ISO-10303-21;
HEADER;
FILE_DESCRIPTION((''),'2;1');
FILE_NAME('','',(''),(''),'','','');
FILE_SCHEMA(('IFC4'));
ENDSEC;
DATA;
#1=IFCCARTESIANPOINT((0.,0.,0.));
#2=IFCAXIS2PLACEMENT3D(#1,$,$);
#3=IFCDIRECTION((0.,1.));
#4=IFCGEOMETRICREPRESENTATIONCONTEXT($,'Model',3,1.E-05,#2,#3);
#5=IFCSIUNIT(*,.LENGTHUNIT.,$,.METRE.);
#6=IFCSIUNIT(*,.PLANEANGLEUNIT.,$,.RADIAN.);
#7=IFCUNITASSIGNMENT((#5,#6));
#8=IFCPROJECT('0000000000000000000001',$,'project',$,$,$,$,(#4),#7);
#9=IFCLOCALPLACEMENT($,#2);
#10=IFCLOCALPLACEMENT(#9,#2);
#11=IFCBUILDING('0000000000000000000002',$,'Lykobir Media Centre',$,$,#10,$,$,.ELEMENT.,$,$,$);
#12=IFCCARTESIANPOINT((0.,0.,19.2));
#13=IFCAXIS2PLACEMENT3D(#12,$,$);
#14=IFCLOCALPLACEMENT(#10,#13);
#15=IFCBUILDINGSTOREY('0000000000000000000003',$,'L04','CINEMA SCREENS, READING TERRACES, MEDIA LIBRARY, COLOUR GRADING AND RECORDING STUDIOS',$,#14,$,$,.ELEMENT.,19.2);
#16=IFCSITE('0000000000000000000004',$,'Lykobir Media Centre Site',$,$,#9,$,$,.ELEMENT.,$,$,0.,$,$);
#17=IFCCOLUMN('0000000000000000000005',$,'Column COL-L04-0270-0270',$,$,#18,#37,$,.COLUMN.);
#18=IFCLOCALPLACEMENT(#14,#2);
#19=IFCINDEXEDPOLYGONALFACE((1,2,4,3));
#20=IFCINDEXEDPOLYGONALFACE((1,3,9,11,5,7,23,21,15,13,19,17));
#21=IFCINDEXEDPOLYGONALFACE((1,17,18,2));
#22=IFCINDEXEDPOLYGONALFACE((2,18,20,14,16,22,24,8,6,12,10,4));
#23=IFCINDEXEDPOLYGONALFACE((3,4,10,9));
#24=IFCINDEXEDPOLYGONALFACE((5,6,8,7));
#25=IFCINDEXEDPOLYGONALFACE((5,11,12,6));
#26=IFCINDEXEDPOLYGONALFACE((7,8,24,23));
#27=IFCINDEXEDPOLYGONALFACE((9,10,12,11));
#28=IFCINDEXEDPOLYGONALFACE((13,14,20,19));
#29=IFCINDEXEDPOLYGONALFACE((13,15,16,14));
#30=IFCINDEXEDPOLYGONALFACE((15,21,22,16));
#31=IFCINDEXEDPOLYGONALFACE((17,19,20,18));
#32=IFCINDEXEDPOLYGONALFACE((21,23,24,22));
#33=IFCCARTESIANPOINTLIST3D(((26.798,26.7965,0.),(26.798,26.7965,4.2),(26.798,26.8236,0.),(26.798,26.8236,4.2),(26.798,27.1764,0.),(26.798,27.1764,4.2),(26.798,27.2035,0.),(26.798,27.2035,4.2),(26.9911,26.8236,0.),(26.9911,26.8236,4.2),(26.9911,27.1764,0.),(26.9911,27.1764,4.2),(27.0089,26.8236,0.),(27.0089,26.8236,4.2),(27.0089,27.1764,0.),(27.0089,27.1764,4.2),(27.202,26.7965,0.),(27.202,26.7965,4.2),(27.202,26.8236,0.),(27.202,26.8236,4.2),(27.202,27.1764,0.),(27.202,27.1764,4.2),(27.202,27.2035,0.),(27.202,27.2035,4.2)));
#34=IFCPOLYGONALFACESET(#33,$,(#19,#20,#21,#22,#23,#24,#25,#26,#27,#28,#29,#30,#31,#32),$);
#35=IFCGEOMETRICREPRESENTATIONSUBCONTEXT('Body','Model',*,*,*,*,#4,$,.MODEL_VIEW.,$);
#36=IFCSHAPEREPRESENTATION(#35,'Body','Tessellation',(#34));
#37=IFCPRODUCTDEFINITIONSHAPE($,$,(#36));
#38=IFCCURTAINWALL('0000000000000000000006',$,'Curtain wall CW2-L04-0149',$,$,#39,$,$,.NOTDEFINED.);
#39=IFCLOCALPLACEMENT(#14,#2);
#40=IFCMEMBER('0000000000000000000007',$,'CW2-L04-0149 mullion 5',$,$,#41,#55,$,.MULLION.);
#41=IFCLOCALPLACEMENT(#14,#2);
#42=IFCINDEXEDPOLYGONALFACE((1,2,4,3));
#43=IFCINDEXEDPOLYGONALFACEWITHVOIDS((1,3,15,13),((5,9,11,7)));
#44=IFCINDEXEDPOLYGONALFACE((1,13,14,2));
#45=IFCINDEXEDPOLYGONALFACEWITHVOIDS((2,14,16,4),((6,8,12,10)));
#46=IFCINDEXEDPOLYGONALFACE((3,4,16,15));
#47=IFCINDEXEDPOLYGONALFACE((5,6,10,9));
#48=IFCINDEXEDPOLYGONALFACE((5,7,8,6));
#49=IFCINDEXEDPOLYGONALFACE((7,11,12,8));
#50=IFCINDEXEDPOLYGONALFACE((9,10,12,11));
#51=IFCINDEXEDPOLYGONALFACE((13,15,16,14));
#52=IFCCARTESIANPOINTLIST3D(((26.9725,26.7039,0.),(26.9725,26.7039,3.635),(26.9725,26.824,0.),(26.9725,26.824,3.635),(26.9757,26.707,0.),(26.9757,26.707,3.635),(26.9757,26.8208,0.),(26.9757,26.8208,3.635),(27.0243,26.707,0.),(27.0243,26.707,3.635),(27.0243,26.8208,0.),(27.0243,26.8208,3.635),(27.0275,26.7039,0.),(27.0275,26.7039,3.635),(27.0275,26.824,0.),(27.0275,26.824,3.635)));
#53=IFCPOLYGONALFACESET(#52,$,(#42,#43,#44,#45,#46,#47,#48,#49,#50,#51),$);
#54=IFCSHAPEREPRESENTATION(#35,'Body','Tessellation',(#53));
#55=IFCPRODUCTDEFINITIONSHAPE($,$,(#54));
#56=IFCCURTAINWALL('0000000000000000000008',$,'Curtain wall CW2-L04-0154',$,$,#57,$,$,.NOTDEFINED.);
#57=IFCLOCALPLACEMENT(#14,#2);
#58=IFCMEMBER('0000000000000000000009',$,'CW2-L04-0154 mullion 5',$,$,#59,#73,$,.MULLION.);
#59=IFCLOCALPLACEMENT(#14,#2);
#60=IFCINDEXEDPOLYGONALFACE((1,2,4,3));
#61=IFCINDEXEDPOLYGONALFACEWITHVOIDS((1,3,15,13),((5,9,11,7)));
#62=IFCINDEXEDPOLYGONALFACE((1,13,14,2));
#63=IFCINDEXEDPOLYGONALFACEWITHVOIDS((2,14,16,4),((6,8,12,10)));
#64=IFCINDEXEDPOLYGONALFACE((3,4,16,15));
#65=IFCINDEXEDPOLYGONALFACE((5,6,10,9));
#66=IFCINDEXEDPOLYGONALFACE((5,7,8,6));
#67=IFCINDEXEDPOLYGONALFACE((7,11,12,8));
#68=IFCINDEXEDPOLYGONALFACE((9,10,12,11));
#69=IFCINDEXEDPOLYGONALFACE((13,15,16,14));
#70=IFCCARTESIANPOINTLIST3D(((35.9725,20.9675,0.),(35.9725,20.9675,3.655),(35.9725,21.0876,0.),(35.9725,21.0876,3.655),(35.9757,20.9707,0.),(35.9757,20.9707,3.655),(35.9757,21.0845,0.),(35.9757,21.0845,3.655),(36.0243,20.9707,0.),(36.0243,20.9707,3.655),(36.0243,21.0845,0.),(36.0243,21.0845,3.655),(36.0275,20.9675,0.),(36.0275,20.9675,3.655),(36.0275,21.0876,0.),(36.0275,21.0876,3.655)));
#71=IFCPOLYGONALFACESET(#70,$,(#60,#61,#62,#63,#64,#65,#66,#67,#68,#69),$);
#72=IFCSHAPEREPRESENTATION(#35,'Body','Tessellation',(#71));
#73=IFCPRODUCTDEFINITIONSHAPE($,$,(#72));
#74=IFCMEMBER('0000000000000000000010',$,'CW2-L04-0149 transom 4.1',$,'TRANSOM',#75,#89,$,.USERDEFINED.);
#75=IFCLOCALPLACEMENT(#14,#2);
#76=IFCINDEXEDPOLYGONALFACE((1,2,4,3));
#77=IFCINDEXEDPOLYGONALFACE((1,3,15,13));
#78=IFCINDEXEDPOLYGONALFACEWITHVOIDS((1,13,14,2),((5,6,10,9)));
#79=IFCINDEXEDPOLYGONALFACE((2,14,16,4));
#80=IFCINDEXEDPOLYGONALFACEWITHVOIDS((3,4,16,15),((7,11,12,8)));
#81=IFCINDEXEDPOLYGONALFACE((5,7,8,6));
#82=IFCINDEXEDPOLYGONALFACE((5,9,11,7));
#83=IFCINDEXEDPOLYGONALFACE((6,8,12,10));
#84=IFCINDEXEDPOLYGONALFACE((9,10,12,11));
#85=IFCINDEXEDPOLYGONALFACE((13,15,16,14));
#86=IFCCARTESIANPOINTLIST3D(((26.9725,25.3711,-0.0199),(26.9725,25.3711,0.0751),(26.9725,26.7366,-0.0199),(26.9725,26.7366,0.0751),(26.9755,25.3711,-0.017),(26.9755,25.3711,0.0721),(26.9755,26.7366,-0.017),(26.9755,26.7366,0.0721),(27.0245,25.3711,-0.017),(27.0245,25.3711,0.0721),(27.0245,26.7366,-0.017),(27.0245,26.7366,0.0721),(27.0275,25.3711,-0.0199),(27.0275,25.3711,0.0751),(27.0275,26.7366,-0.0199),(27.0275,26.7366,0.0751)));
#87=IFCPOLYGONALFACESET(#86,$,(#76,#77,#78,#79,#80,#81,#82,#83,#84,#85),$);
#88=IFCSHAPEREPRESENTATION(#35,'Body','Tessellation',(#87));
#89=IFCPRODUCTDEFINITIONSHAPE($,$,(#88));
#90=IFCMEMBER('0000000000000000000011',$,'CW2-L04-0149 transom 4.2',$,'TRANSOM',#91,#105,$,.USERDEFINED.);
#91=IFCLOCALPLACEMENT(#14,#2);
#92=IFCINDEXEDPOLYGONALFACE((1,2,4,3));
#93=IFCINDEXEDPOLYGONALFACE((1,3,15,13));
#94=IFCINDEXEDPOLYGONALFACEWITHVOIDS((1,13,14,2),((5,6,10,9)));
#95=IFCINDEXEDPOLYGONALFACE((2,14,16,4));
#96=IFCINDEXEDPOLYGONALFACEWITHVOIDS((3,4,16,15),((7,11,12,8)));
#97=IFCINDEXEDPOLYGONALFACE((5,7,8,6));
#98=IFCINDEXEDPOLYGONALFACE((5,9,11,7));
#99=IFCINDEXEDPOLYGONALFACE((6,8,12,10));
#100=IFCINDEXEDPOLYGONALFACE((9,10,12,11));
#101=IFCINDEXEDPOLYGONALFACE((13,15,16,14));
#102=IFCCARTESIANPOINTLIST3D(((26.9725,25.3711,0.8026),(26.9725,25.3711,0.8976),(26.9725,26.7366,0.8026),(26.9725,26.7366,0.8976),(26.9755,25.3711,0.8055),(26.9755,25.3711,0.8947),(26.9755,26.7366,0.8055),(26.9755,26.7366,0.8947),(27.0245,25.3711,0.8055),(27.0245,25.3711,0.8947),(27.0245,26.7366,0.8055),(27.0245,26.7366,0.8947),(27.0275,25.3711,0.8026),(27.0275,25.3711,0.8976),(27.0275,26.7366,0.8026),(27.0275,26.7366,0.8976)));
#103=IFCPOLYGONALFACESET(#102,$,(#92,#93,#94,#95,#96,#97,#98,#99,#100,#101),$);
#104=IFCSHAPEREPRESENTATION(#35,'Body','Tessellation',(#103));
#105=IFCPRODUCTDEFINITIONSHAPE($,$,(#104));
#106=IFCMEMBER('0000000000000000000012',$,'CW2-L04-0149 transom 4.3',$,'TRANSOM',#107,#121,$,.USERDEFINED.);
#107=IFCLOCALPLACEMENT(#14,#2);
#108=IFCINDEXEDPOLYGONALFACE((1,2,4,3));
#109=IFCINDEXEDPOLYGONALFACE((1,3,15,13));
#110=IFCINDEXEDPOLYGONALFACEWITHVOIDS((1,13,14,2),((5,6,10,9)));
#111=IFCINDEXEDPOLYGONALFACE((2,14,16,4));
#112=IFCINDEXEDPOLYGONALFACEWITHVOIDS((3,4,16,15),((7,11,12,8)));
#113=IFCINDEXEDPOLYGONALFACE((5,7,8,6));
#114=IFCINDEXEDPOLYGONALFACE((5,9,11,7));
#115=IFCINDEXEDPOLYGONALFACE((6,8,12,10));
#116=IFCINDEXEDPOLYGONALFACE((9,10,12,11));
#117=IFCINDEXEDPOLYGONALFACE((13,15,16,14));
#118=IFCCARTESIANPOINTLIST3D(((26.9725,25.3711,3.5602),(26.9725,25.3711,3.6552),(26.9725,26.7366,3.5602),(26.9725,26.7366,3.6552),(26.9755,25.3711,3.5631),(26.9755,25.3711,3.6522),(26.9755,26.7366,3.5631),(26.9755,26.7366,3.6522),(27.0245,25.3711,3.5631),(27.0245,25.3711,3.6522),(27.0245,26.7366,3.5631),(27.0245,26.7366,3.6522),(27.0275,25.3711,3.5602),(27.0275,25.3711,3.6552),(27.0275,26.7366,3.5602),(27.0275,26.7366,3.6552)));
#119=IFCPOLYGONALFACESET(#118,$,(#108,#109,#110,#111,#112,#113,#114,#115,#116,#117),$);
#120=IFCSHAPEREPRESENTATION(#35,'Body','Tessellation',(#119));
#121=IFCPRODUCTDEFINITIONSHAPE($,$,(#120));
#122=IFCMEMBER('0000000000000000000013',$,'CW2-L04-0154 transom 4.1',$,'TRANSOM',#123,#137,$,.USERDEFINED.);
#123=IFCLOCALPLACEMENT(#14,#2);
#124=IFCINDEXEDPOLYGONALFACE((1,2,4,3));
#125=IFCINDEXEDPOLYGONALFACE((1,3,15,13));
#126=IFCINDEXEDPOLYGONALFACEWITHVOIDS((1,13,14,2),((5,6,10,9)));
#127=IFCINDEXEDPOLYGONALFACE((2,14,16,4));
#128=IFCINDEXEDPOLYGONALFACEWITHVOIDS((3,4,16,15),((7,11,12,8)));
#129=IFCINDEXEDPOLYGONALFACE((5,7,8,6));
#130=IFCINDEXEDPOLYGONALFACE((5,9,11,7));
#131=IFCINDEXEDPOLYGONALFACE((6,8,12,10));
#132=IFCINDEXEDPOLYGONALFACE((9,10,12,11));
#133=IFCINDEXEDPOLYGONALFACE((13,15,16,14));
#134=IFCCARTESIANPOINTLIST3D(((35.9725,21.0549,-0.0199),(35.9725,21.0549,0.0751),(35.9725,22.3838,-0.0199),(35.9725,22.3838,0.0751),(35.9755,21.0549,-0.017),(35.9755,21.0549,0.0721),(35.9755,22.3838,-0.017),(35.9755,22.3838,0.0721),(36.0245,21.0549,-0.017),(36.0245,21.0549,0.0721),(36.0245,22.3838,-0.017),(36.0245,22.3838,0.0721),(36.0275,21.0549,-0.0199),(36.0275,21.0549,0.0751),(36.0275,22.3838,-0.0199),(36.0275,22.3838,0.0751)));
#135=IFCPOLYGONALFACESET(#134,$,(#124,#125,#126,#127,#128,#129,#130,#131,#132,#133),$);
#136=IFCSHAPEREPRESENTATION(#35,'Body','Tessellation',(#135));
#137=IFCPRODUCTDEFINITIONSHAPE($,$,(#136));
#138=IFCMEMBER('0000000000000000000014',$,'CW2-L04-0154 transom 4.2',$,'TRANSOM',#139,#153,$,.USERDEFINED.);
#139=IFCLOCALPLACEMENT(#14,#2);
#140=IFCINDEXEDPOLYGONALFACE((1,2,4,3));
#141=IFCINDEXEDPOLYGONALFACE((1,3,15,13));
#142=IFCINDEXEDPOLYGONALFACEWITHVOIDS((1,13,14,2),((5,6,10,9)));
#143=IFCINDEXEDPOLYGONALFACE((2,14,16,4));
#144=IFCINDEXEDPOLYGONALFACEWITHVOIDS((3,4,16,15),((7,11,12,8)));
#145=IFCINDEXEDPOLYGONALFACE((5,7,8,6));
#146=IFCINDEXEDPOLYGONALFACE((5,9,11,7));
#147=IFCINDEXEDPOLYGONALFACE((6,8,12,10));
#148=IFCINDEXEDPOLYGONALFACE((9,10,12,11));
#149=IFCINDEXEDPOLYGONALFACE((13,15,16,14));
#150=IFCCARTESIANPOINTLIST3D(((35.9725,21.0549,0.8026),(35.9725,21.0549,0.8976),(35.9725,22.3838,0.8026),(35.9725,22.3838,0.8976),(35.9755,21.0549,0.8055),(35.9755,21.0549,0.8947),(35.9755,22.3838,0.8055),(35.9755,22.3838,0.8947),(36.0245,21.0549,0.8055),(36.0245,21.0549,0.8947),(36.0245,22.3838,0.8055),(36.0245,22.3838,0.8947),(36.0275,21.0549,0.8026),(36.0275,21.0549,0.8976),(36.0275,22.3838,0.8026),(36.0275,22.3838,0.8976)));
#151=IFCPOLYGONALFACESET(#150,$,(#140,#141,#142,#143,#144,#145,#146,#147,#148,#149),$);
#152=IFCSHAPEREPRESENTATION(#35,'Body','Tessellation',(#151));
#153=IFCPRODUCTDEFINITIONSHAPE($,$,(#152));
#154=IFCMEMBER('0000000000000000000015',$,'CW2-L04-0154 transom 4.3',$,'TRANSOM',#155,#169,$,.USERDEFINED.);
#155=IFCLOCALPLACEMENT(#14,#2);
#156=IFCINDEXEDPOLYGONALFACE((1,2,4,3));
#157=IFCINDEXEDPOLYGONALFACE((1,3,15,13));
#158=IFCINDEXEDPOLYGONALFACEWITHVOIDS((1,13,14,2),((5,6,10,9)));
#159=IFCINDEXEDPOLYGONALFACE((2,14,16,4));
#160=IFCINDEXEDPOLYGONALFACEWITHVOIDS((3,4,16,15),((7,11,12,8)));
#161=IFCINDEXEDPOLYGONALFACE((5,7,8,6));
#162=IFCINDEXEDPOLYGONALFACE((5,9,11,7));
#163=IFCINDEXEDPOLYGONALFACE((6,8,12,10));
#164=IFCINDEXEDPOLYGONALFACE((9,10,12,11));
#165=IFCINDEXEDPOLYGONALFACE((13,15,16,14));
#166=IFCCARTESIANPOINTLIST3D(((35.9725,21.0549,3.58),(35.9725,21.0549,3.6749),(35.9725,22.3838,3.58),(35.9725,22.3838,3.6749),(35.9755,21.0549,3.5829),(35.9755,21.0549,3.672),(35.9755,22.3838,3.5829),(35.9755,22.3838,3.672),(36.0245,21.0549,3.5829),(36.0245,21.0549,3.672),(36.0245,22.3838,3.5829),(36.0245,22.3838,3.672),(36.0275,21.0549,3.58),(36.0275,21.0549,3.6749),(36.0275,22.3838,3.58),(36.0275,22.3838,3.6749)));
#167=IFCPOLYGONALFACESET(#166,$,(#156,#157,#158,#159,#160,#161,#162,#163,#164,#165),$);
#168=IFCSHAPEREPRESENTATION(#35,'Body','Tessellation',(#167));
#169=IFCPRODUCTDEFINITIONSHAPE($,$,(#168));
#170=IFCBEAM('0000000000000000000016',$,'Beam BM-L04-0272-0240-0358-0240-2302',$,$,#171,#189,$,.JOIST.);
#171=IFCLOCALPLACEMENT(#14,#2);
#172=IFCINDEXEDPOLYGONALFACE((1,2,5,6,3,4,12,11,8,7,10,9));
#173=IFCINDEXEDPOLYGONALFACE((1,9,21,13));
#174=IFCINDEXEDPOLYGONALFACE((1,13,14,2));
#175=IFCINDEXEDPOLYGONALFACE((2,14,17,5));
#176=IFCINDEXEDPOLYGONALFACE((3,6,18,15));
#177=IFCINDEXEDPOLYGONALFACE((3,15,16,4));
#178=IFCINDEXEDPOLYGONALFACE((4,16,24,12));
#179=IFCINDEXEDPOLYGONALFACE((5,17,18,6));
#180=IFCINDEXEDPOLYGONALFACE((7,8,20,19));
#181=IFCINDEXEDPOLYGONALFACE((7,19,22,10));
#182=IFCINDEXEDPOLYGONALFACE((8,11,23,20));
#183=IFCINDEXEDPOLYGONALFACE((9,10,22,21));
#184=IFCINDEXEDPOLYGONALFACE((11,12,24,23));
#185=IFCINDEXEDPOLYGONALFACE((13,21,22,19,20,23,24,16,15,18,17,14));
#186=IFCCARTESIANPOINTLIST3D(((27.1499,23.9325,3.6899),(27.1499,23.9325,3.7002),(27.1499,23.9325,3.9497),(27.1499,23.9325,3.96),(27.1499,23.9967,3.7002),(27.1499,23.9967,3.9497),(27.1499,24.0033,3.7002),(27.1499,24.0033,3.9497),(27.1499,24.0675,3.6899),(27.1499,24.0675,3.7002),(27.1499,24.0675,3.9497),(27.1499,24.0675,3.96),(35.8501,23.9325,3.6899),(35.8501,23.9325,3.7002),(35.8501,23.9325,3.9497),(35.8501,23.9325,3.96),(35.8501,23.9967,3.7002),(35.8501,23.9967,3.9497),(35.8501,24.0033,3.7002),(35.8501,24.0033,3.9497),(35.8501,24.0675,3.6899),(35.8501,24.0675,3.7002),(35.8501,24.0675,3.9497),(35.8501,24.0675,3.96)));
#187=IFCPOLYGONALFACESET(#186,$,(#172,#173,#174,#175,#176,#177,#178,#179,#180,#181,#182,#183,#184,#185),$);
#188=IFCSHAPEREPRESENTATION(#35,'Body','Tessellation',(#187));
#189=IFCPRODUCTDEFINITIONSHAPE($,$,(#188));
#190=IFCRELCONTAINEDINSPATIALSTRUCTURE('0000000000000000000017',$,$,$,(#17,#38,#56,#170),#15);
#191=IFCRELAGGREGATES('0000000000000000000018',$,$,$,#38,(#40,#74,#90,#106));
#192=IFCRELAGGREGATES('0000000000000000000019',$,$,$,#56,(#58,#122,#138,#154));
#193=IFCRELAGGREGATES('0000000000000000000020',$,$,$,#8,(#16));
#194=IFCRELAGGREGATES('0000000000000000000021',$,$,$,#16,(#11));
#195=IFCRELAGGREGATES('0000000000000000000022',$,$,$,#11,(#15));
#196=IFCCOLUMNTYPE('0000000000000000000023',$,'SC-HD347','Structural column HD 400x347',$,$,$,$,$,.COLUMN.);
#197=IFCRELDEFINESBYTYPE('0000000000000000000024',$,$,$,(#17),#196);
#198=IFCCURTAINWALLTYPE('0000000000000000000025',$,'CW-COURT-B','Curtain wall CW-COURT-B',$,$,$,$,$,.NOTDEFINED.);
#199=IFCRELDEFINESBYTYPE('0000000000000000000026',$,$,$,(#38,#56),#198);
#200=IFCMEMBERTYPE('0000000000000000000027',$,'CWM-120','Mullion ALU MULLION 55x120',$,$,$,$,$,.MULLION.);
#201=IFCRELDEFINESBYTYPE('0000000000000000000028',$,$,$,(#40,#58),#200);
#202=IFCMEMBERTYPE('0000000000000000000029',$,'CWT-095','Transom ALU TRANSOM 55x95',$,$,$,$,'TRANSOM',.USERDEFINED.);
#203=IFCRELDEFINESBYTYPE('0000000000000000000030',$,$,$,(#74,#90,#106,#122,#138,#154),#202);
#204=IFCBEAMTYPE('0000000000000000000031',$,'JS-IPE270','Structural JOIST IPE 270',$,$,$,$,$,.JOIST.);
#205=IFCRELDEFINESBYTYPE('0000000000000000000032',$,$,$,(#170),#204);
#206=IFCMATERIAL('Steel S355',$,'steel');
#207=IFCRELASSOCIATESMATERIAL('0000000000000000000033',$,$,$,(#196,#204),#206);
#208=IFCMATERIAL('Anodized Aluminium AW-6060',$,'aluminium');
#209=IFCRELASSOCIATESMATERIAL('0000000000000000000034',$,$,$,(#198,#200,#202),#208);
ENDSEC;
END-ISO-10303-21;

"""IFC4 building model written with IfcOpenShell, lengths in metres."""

from ifc_helpers import new_model, si_unit, direction, frame, origin, origin_2d, place, context, subcontext, project, spatial, hollow_rectangle, i_section, extrude, material, material_profile, profile_set, type_object, element, aggregate, save


model = new_model("IFC4")

# Units and contexts
model_context = context("Model", 3, precision=1e-05, world=origin(), true_north=direction((0.0, 1.0)))
body_context = subcontext(model_context, "Body", "Model", "MODEL_VIEW")
ifc_project = project(units=[si_unit("LENGTHUNIT", "METRE"), si_unit("PLANEANGLEUNIT", "RADIAN")], contexts=[model_context])

# Site, building, storey
site_placement = place(None, origin())
site = spatial("IfcSite", under=ifc_project, at=site_placement, Name="Lykobir Media Centre Site", CompositionType="ELEMENT", RefElevation=0.0)
building_placement = place(site_placement, origin())
building = spatial("IfcBuilding", under=site, at=building_placement, Name="Lykobir Media Centre", CompositionType="ELEMENT")
storey_placement = place(building_placement, frame((0.0, 0.0, 19.2)))
storey = spatial("IfcBuildingStorey", under=building, at=storey_placement, Name="L04", Description="CINEMA SCREENS, READING TERRACES, MEDIA LIBRARY, COLOUR GRADING AND RECORDING STUDIOS", CompositionType="ELEMENT", Elevation=19.2)

# Column
ifc_material_1 = material(Name="Steel S355", Category="steel")
ifc_material_profile_1 = material_profile(ifc_material_1, i_section(OverallWidth=0.4041, OverallDepth=0.407, WebThickness=0.0178, FlangeThickness=0.0271, at=origin_2d()), Name="HD 400x347")
ifc_profile_set_1 = profile_set([ifc_material_profile_1], Name="Steel S355")
column_type = type_object("IfcColumnType", Name="SC-HD347", Description="Structural column HD 400x347", PredefinedType="COLUMN", material=ifc_profile_set_1)
column_placement = place(storey_placement, frame((27.0, 27.0, 0.0), z_axis=(0.0, 0.0, 1.0), x_axis=(1.0, 0.0, 0.0)))
element("IfcColumn", 1, at=column_placement, inside=storey, type_object=column_type, Name="Column COL-L04-0270-0270", PredefinedType="COLUMN", context=body_context, shape_type="SweptSolid", body=[
    extrude(i_section(OverallWidth=0.4041, OverallDepth=0.407, WebThickness=0.0178, FlangeThickness=0.0271, at=origin_2d()), origin(), (0.0, 0.0, 1.0), 4.2),
])

# Curtain walls, members
ifc_material_2 = material(Name="Anodized Aluminium AW-6060", Category="aluminium")
curtain_wall_type = type_object("IfcCurtainWallType", Name="CW-COURT-B", Description="Curtain wall CW-COURT-B", PredefinedType="NOTDEFINED", material=ifc_material_2)
curtain_wall_1_placement = place(storey_placement, origin())
curtain_wall_1 = element("IfcCurtainWall", 2, at=curtain_wall_1_placement, inside=storey, type_object=curtain_wall_type, Name="Curtain wall CW2-L04-0149", PredefinedType="NOTDEFINED")
ifc_material_profile_2 = material_profile(ifc_material_2, hollow_rectangle(XDim=0.0549, YDim=0.1201, WallThickness=0.0032, at=origin_2d()), Name="ALU MULLION 55x120")
ifc_profile_set_2 = profile_set([ifc_material_profile_2], Name="Anodized Aluminium AW-6060")
member_type_1 = type_object("IfcMemberType", Name="CWM-120", Description="Mullion ALU MULLION 55x120", PredefinedType="MULLION", material=ifc_profile_set_2)
member_1_placement = place(storey_placement, frame((27.0, 26.7639, 0.0), z_axis=(0.0, 0.0, 1.0), x_axis=(-1.0, 0.0, 0.0)))
member_1 = element("IfcMember", 3, at=member_1_placement, type_object=member_type_1, Name="CW2-L04-0149 mullion 5", PredefinedType="MULLION", context=body_context, shape_type="SweptSolid", body=[
    extrude(hollow_rectangle(XDim=0.0549, YDim=0.1201, WallThickness=0.0032, at=origin_2d()), origin(), (0.0, 0.0, 1.0), 3.635),
])
curtain_wall_2_placement = place(storey_placement, origin())
curtain_wall_2 = element("IfcCurtainWall", 4, at=curtain_wall_2_placement, inside=storey, type_object=curtain_wall_type, Name="Curtain wall CW2-L04-0154", PredefinedType="NOTDEFINED")
member_2_placement = place(storey_placement, frame((36.0, 21.0276, 0.0), z_axis=(0.0, 0.0, 1.0), x_axis=(1.0, 0.0, 0.0)))
member_2 = element("IfcMember", 5, at=member_2_placement, type_object=member_type_1, Name="CW2-L04-0154 mullion 5", PredefinedType="MULLION", context=body_context, shape_type="SweptSolid", body=[
    extrude(hollow_rectangle(XDim=0.0549, YDim=0.1201, WallThickness=0.0032, at=origin_2d()), origin(), (0.0, 0.0, 1.0), 3.655),
])

# Members
ifc_material_profile_3 = material_profile(ifc_material_2, hollow_rectangle(XDim=0.0549, YDim=0.095, WallThickness=0.0029, at=origin_2d()), Name="ALU TRANSOM 55x95")
ifc_profile_set_3 = profile_set([ifc_material_profile_3], Name="Anodized Aluminium AW-6060")
member_type_2 = type_object("IfcMemberType", Name="CWT-095", Description="Transom ALU TRANSOM 55x95", ElementType="TRANSOM", PredefinedType="USERDEFINED", material=ifc_profile_set_3)
member_3_placement = place(storey_placement, frame((27.0, 25.3711, 0.0276), z_axis=(0.0, 1.0, 0.0), x_axis=(-1.0, 0.0, 0.0)))
member_3 = element("IfcMember", 6, at=member_3_placement, type_object=member_type_2, Name="CW2-L04-0149 transom 4.1", ObjectType="TRANSOM", PredefinedType="USERDEFINED", context=body_context, shape_type="SweptSolid", body=[
    extrude(hollow_rectangle(XDim=0.0549, YDim=0.095, WallThickness=0.0029, at=origin_2d()), origin(), (0.0, 0.0, 1.0), 1.3655),
])
member_4_placement = place(storey_placement, frame((27.0, 25.3711, 0.8501), z_axis=(0.0, 1.0, 0.0), x_axis=(-1.0, 0.0, 0.0)))
member_4 = element("IfcMember", 7, at=member_4_placement, type_object=member_type_2, Name="CW2-L04-0149 transom 4.2", ObjectType="TRANSOM", PredefinedType="USERDEFINED", context=body_context, shape_type="SweptSolid", body=[
    extrude(hollow_rectangle(XDim=0.0549, YDim=0.095, WallThickness=0.0029, at=origin_2d()), origin(), (0.0, 0.0, 1.0), 1.3655),
])
member_5_placement = place(storey_placement, frame((27.0, 25.3711, 3.6077), z_axis=(0.0, 1.0, 0.0), x_axis=(-1.0, 0.0, 0.0)))
member_5 = element("IfcMember", 8, at=member_5_placement, type_object=member_type_2, Name="CW2-L04-0149 transom 4.3", ObjectType="TRANSOM", PredefinedType="USERDEFINED", context=body_context, shape_type="SweptSolid", body=[
    extrude(hollow_rectangle(XDim=0.0549, YDim=0.095, WallThickness=0.0029, at=origin_2d()), origin(), (0.0, 0.0, 1.0), 1.3655),
])
member_6_placement = place(storey_placement, frame((36.0, 22.3838, 0.0276), z_axis=(0.0, -1.0, 0.0), x_axis=(1.0, 0.0, 0.0)))
member_6 = element("IfcMember", 9, at=member_6_placement, type_object=member_type_2, Name="CW2-L04-0154 transom 4.1", ObjectType="TRANSOM", PredefinedType="USERDEFINED", context=body_context, shape_type="SweptSolid", body=[
    extrude(hollow_rectangle(XDim=0.0549, YDim=0.095, WallThickness=0.0029, at=origin_2d()), origin(), (0.0, 0.0, 1.0), 1.3289),
])
member_7_placement = place(storey_placement, frame((36.0, 22.3838, 0.8501), z_axis=(0.0, -1.0, 0.0), x_axis=(1.0, 0.0, 0.0)))
member_7 = element("IfcMember", 10, at=member_7_placement, type_object=member_type_2, Name="CW2-L04-0154 transom 4.2", ObjectType="TRANSOM", PredefinedType="USERDEFINED", context=body_context, shape_type="SweptSolid", body=[
    extrude(hollow_rectangle(XDim=0.0549, YDim=0.095, WallThickness=0.0029, at=origin_2d()), origin(), (0.0, 0.0, 1.0), 1.3289),
])
member_8_placement = place(storey_placement, frame((36.0, 22.3838, 3.6274), z_axis=(0.0, -1.0, 0.0), x_axis=(1.0, 0.0, 0.0)))
member_8 = element("IfcMember", 11, at=member_8_placement, type_object=member_type_2, Name="CW2-L04-0154 transom 4.3", ObjectType="TRANSOM", PredefinedType="USERDEFINED", context=body_context, shape_type="SweptSolid", body=[
    extrude(hollow_rectangle(XDim=0.0549, YDim=0.095, WallThickness=0.0029, at=origin_2d()), origin(), (0.0, 0.0, 1.0), 1.3289),
])

# Beam
ifc_material_profile_4 = material_profile(ifc_material_1, i_section(OverallWidth=0.135, OverallDepth=0.27, WebThickness=0.0066, FlangeThickness=0.0103, at=origin_2d()), Name="IPE 270")
ifc_profile_set_4 = profile_set([ifc_material_profile_4], Name="Steel S355")
beam_type_1 = type_object("IfcBeamType", Name="JS-IPE270", Description="Structural JOIST IPE 270", PredefinedType="JOIST", material=ifc_profile_set_4)
beam_placement = place(storey_placement, frame((27.1499, 24.0, 3.825), z_axis=(1.0, 0.0, 0.0), x_axis=(0.0, 1.0, 0.0)))
element("IfcBeam", 12, at=beam_placement, inside=storey, type_object=beam_type_1, Name="Beam BM-L04-0272-0240-0358-0240-2302", PredefinedType="JOIST", context=body_context, shape_type="SweptSolid", body=[
    extrude(i_section(OverallWidth=0.135, OverallDepth=0.27, WebThickness=0.0066, FlangeThickness=0.0103, at=origin_2d()), origin(), (0.0, 0.0, 1.0), 8.7002),
])

aggregate(curtain_wall_1, [member_1, member_3, member_4, member_5])
aggregate(curtain_wall_2, [member_2, member_6, member_7, member_8])

save(model, "model.ifc")
